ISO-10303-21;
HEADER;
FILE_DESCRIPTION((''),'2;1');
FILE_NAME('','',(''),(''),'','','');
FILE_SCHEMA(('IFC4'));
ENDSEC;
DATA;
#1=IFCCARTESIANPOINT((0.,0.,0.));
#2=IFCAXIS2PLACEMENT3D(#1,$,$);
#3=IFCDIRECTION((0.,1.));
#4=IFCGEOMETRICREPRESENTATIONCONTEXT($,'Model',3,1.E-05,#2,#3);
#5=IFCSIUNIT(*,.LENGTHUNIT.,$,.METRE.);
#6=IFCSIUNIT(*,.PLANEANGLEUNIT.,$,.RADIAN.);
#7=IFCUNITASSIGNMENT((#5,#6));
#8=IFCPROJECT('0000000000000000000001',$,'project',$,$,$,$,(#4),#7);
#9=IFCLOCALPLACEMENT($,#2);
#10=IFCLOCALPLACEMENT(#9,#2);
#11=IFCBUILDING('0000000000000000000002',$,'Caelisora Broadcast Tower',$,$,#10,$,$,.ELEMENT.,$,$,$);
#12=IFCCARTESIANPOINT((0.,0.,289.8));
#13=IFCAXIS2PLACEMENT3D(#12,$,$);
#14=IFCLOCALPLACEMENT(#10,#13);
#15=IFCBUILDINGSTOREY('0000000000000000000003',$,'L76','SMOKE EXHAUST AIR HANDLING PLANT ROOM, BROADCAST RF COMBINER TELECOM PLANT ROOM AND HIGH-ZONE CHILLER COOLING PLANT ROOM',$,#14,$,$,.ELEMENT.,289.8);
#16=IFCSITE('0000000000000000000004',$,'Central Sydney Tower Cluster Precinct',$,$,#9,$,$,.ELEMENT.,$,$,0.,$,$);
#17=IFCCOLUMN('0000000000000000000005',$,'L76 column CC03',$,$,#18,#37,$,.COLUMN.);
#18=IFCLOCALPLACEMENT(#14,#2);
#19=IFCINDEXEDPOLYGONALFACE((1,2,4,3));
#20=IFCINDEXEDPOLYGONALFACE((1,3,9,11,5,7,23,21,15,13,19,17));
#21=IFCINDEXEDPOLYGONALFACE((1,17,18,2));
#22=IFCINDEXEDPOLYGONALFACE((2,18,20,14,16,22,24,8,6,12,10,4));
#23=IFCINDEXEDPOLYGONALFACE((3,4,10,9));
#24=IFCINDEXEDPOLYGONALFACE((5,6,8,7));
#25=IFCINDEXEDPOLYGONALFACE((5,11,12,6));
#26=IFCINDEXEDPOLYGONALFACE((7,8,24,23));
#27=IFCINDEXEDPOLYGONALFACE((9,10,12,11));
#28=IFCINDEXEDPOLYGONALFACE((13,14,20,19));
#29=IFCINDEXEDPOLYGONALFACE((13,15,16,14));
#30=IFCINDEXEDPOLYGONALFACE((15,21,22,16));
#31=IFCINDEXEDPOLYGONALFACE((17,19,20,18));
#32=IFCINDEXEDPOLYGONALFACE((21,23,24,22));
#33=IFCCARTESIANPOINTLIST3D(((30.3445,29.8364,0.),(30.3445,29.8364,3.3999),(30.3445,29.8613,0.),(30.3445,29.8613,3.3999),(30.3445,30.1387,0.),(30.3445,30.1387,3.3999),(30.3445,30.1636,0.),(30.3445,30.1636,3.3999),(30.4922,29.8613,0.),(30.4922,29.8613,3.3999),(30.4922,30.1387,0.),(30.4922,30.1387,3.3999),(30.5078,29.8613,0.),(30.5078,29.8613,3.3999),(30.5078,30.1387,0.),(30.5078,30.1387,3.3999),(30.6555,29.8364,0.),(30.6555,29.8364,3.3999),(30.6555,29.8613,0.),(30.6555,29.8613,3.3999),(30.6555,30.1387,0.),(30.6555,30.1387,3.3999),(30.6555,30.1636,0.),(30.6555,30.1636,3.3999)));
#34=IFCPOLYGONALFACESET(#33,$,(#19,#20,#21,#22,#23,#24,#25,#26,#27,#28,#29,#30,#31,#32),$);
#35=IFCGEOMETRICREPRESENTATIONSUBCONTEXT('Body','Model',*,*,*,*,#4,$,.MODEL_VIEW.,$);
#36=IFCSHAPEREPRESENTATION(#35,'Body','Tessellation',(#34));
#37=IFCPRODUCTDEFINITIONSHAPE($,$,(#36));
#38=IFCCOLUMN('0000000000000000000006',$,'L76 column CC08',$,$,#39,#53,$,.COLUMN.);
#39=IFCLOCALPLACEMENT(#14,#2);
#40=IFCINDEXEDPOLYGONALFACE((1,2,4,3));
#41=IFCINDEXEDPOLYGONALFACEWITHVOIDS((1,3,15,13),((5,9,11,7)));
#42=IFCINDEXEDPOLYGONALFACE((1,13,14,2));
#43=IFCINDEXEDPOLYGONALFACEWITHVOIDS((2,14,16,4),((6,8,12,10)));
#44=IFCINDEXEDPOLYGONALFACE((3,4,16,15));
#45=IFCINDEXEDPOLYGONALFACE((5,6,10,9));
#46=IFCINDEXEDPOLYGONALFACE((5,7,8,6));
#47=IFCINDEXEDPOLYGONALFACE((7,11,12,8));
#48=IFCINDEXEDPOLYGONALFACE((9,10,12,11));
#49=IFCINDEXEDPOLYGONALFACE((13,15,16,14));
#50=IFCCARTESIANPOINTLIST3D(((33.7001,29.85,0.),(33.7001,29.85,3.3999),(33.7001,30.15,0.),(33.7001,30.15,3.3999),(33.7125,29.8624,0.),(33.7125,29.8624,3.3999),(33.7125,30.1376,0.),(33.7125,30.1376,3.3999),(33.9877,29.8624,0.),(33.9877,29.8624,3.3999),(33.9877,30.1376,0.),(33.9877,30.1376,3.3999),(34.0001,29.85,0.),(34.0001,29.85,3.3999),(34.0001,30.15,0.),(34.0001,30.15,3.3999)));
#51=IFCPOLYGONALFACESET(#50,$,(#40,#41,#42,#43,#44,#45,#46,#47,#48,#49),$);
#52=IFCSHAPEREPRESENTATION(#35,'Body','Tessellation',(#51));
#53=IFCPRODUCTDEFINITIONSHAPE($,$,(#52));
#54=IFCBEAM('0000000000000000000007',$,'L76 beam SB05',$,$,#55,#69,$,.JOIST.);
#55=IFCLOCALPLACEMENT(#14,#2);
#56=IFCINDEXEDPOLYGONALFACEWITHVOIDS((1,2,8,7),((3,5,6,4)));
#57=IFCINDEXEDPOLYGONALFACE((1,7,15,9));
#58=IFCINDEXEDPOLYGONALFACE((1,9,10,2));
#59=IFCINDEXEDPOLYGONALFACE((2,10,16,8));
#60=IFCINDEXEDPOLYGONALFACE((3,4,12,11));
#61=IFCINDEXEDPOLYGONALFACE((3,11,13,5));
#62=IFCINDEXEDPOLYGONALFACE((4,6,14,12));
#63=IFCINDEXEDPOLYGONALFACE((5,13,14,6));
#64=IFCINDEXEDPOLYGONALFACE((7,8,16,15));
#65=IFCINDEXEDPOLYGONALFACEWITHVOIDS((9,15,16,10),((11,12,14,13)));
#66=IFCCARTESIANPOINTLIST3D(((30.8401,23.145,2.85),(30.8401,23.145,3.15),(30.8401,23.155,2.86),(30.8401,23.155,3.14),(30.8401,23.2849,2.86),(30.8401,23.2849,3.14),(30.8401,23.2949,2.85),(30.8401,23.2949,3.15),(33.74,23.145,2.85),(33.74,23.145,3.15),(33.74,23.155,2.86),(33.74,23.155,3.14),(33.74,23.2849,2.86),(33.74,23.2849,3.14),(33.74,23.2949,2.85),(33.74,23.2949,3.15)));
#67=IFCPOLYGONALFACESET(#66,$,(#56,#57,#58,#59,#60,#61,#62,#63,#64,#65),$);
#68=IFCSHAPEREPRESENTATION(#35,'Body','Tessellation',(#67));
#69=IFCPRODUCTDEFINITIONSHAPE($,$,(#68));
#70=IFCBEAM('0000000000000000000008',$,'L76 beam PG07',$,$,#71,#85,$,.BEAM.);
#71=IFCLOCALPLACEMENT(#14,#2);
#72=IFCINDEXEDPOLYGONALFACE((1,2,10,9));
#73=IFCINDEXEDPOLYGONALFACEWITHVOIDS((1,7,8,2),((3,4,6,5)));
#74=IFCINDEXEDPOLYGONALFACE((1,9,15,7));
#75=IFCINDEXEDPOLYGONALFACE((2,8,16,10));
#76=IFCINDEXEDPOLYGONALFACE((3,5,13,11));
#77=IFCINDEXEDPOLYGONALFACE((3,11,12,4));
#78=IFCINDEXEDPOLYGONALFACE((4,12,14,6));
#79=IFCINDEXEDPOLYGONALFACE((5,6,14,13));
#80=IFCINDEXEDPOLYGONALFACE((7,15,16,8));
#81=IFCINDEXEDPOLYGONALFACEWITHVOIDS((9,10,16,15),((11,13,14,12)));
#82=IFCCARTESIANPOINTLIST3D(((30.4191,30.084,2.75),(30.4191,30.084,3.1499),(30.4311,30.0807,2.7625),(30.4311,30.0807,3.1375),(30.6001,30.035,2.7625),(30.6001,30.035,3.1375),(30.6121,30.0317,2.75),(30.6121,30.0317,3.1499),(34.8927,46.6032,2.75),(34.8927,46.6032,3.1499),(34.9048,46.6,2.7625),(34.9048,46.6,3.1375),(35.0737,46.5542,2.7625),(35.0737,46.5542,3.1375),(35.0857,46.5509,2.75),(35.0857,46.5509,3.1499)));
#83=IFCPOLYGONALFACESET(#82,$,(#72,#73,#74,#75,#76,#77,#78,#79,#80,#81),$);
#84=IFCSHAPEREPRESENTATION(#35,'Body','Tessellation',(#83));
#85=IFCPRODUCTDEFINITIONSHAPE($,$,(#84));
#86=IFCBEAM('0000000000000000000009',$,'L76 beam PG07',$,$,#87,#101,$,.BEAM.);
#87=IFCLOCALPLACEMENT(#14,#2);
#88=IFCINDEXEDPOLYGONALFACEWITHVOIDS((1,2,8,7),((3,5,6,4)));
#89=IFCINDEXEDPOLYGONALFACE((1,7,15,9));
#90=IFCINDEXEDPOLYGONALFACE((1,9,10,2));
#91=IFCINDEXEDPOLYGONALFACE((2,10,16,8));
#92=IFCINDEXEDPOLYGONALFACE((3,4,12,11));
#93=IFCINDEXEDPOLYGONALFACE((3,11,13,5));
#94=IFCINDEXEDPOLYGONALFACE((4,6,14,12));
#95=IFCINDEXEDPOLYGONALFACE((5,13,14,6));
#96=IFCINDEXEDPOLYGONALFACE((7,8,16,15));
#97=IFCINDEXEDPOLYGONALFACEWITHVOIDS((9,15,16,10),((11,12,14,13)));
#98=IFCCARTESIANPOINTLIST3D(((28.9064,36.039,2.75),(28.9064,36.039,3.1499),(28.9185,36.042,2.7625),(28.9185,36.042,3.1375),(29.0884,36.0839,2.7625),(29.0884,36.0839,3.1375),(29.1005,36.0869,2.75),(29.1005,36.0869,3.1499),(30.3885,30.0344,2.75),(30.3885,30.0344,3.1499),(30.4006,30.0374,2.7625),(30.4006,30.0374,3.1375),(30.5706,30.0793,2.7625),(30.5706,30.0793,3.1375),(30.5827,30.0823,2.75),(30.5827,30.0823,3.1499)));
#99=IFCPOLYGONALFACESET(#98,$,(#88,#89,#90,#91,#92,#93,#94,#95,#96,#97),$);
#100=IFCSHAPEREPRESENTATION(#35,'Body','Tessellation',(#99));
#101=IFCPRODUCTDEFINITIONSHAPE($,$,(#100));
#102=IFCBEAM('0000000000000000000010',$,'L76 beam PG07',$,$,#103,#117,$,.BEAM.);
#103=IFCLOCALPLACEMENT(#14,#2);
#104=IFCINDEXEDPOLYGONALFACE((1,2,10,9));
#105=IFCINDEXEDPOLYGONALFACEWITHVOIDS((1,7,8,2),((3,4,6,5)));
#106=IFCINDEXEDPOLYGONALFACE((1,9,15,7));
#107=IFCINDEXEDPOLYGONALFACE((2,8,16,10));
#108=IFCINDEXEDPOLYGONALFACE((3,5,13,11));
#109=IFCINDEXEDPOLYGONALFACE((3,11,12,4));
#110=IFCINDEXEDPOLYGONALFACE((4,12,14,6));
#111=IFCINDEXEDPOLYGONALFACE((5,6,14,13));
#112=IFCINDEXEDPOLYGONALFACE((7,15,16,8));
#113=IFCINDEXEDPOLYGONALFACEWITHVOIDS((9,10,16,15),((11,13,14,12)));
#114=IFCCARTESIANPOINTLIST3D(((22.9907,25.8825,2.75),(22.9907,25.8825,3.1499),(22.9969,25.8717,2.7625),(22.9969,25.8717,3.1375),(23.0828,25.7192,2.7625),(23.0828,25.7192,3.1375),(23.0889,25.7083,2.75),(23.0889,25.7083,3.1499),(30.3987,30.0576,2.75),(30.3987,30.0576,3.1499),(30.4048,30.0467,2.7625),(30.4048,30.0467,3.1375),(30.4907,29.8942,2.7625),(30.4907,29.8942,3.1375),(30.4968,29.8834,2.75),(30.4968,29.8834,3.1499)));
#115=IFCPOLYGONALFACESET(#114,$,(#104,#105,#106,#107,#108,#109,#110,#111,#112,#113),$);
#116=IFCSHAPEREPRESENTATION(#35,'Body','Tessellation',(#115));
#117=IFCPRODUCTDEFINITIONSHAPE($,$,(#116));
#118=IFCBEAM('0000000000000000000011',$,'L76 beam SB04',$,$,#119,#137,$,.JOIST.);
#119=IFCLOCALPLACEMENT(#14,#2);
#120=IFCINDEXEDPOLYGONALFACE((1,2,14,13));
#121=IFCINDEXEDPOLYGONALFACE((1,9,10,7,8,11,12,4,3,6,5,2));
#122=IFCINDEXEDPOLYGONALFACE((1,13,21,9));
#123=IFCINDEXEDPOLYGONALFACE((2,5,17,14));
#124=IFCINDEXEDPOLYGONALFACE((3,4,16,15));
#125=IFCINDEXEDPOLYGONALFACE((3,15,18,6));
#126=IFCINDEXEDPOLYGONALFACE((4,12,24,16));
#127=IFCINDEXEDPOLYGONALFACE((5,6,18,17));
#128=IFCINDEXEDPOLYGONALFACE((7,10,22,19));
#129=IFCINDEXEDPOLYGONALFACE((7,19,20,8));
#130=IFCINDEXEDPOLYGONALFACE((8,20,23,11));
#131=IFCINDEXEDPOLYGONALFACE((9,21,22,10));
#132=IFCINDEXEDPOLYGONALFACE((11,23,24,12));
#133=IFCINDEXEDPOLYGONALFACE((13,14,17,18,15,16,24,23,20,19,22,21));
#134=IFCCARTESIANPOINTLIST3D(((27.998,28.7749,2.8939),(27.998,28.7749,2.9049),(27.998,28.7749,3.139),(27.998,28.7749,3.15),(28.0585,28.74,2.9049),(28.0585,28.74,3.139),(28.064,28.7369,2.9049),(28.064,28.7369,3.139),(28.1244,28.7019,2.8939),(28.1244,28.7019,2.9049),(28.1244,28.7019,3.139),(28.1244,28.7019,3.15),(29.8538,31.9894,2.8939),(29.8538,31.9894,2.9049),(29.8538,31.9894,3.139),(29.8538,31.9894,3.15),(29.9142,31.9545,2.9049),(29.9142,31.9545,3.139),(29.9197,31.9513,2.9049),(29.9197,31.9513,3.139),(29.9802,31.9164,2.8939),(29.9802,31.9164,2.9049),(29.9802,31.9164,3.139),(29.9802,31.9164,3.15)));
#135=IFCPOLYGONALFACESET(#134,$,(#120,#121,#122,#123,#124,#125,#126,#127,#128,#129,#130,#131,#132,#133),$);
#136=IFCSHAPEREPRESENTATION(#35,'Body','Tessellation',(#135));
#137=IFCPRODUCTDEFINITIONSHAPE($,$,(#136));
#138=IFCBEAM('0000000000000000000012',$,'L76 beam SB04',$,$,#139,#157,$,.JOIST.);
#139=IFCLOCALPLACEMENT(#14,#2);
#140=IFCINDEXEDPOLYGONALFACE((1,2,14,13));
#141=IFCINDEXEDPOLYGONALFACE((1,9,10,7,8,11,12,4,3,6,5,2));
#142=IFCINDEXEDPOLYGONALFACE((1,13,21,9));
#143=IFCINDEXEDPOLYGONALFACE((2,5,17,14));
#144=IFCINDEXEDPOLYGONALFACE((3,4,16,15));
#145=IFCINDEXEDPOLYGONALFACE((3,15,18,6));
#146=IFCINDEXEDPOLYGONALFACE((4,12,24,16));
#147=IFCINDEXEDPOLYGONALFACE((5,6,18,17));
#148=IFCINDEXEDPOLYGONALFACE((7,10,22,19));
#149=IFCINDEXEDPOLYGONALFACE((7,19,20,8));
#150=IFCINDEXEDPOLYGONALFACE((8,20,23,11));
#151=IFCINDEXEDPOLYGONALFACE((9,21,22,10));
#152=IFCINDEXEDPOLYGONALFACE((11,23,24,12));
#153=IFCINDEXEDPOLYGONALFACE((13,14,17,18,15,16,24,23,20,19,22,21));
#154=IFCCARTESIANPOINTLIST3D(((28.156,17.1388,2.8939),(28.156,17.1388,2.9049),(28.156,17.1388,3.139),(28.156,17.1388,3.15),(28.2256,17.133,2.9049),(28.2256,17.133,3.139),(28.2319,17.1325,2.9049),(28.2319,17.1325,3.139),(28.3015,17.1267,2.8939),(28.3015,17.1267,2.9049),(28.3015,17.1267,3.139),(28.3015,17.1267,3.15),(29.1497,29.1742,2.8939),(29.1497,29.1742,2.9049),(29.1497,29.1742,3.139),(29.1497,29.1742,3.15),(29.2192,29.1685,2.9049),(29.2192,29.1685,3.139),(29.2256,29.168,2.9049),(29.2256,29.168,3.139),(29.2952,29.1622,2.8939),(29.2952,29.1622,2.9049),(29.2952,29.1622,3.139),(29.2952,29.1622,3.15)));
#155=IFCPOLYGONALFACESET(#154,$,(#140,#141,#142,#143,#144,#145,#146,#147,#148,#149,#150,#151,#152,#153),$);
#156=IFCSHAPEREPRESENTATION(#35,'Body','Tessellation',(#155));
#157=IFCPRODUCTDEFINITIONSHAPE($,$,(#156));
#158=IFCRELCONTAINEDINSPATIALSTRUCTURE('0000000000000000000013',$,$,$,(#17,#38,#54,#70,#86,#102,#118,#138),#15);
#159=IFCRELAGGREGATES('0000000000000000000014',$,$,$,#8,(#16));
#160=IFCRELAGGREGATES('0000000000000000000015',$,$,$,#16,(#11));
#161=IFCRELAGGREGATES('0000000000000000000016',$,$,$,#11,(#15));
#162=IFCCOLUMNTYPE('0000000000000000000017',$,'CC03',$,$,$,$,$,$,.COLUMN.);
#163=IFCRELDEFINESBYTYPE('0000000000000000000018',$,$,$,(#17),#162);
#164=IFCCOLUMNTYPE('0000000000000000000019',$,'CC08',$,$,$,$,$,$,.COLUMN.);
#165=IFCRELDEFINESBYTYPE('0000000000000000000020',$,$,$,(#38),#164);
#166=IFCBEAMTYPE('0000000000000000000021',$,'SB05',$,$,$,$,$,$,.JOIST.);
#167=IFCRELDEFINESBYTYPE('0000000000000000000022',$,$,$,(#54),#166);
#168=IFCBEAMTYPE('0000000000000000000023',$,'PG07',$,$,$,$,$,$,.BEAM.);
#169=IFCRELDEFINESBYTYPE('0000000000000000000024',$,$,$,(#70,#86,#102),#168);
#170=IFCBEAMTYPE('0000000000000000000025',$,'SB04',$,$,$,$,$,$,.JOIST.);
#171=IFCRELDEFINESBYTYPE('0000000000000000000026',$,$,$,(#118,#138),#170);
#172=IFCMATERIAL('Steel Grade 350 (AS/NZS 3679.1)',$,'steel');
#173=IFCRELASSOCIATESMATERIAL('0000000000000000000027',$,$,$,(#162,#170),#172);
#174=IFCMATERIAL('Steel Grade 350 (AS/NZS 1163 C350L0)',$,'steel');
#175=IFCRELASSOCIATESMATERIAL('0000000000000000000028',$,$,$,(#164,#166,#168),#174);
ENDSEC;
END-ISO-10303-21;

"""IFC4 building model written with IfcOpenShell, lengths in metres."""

from ifc_helpers import new_model, si_unit, direction, frame, origin, origin_2d, place, context, subcontext, project, spatial, hollow_rectangle, i_section, extrude, source, transform, mapped, material, material_profile, profile_set, type_object, type_shapes, element, save


model = new_model("IFC4")

# Units and contexts
model_context = context("Model", 3, precision=1e-05, world=origin(), true_north=direction((0.0, 1.0)))
body_context = subcontext(model_context, "Body", "Model", "MODEL_VIEW")
ifc_project = project(units=[si_unit("LENGTHUNIT", "METRE"), si_unit("PLANEANGLEUNIT", "RADIAN")], contexts=[model_context])

# Site, building, storey
site_placement = place(None, origin())
site = spatial("IfcSite", under=ifc_project, at=site_placement, Name="Central Sydney Tower Cluster Precinct", CompositionType="ELEMENT", RefElevation=0.0)
building_placement = place(site_placement, origin())
building = spatial("IfcBuilding", under=site, at=building_placement, Name="Caelisora Broadcast Tower", CompositionType="ELEMENT")
storey_placement = place(building_placement, frame((0.0, 0.0, 289.8)))
storey = spatial("IfcBuildingStorey", under=building, at=storey_placement, Name="L76", Description="SMOKE EXHAUST AIR HANDLING PLANT ROOM, BROADCAST RF COMBINER TELECOM PLANT ROOM AND HIGH-ZONE CHILLER COOLING PLANT ROOM", CompositionType="ELEMENT", Elevation=289.8)

# Columns
ifc_material_1 = material(Name="Steel Grade 350 (AS/NZS 3679.1)", Category="steel")
ifc_material_profile_1 = material_profile(ifc_material_1, i_section(OverallWidth=0.311, OverallDepth=0.3271, WebThickness=0.0156, FlangeThickness=0.0249, at=origin_2d()), Name="Steel Grade 350 (AS/NZS 3679.1)")
ifc_profile_set_1 = profile_set([ifc_material_profile_1], Name="Steel Grade 350 (AS/NZS 3679.1)")
column_type_1 = type_object("IfcColumnType", Name="CC03", PredefinedType="COLUMN", material=ifc_profile_set_1)
shared_shape_1 = source(origin(), body_context, "Body", "SweptSolid", [
    extrude(i_section(OverallWidth=0.311, OverallDepth=0.3271, WebThickness=0.0156, FlangeThickness=0.0249, at=origin_2d()), origin(), (0.0, 0.0, 1.0), 3.3999),
])
type_shapes(column_type_1, [shared_shape_1])
column_1_placement = place(storey_placement, frame((30.5, 30.0, 0.0), z_axis=(0.0, 0.0, 1.0), x_axis=(1.0, 0.0, 0.0)))
element("IfcColumn", 1, at=column_1_placement, inside=storey, type_object=column_type_1, Name="L76 column CC03", PredefinedType="COLUMN", context=body_context, shape_type="MappedRepresentation", body=[
    mapped(shared_shape_1, transform((0.0, 0.0, 0.0), scale=1.0)),
])
ifc_material_2 = material(Name="Steel Grade 350 (AS/NZS 1163 C350L0)", Category="steel")
ifc_material_profile_2 = material_profile(ifc_material_2, hollow_rectangle(XDim=0.3, YDim=0.3, WallThickness=0.0125, at=origin_2d()), Name="Steel Grade 350 (AS/NZS 1163 C350L0)")
ifc_profile_set_2 = profile_set([ifc_material_profile_2], Name="Steel Grade 350 (AS/NZS 1163 C350L0)")
column_type_2 = type_object("IfcColumnType", Name="CC08", PredefinedType="COLUMN", material=ifc_profile_set_2)
shared_shape_2 = source(origin(), body_context, "Body", "SweptSolid", [
    extrude(hollow_rectangle(XDim=0.3, YDim=0.3, WallThickness=0.0125, at=origin_2d()), origin(), (0.0, 0.0, 1.0), 3.3999),
])
type_shapes(column_type_2, [shared_shape_2])
column_2_placement = place(storey_placement, frame((33.8501, 30.0, 0.0), z_axis=(0.0, 0.0, 1.0), x_axis=(1.0, 0.0, 0.0)))
element("IfcColumn", 2, at=column_2_placement, inside=storey, type_object=column_type_2, Name="L76 column CC08", PredefinedType="COLUMN", context=body_context, shape_type="MappedRepresentation", body=[
    mapped(shared_shape_2, transform((0.0, 0.0, 0.0), scale=1.0)),
])

# Beams
ifc_material_profile_3 = material_profile(ifc_material_2, hollow_rectangle(XDim=0.1499, YDim=0.3, WallThickness=0.01, at=origin_2d()), Name="Steel Grade 350 (AS/NZS 1163 C350L0)")
ifc_profile_set_3 = profile_set([ifc_material_profile_3], Name="Steel Grade 350 (AS/NZS 1163 C350L0)")
beam_type_1 = type_object("IfcBeamType", Name="SB05", PredefinedType="JOIST", material=ifc_profile_set_3)
shared_shape_3 = source(origin(), body_context, "Body", "SweptSolid", [
    extrude(hollow_rectangle(XDim=0.1499, YDim=0.3, WallThickness=0.01, at=origin_2d()), origin(), (0.0, 0.0, 1.0), 2.8999),
])
type_shapes(beam_type_1, [shared_shape_3])
beam_1_placement = place(storey_placement, frame((30.8401, 23.22, 3.0), z_axis=(1.0, 0.0, 0.0), x_axis=(0.0, 1.0, 0.0)))
element("IfcBeam", 3, at=beam_1_placement, inside=storey, type_object=beam_type_1, Name="L76 beam SB05", PredefinedType="JOIST", context=body_context, shape_type="MappedRepresentation", body=[
    mapped(shared_shape_3, transform((0.0, 0.0, 0.0), scale=1.0)),
])
ifc_material_profile_4 = material_profile(ifc_material_2, hollow_rectangle(XDim=0.2, YDim=0.3999, WallThickness=0.0125, at=origin_2d()), Name="Steel Grade 350 (AS/NZS 1163 C350L0)")
ifc_profile_set_4 = profile_set([ifc_material_profile_4], Name="Steel Grade 350 (AS/NZS 1163 C350L0)")
beam_type_2 = type_object("IfcBeamType", Name="PG07", PredefinedType="BEAM", material=ifc_profile_set_4)
shared_shape_4 = source(origin(), body_context, "Body", "SweptSolid", [
    extrude(hollow_rectangle(XDim=0.2, YDim=0.3999, WallThickness=0.0125, at=origin_2d()), origin(), (0.0, 0.0, 1.0), 17.1143),
])
beam_2_placement = place(storey_placement, frame((30.5156, 30.0579, 2.95), z_axis=(0.261397, 0.965231, 0.0), x_axis=(-0.965231, 0.261397, 0.0)))
element("IfcBeam", 4, at=beam_2_placement, inside=storey, type_object=beam_type_2, Name="L76 beam PG07", PredefinedType="BEAM", context=body_context, shape_type="MappedRepresentation", body=[
    mapped(shared_shape_4, transform((0.0, 0.0, 0.0), scale=1.0)),
])
shared_shape_5 = source(origin(), body_context, "Body", "SweptSolid", [
    extrude(hollow_rectangle(XDim=0.2, YDim=0.3999, WallThickness=0.0125, at=origin_2d()), origin(), (0.0, 0.0, 1.0), 6.1848),
])
beam_3_placement = place(storey_placement, frame((30.4856, 30.0583, 2.95), z_axis=(-0.239646, 0.97086, 0.0), x_axis=(-0.97086, -0.239646, 0.0)))
element("IfcBeam", 5, at=beam_3_placement, inside=storey, type_object=beam_type_2, Name="L76 beam PG07", PredefinedType="BEAM", context=body_context, shape_type="MappedRepresentation", body=[
    mapped(shared_shape_5, transform((0.0, 0.0, 0.0), scale=1.0)),
])
shared_shape_6 = source(origin(), body_context, "Body", "SweptSolid", [
    extrude(hollow_rectangle(XDim=0.2, YDim=0.3999, WallThickness=0.0125, at=origin_2d()), origin(), (0.0, 0.0, 1.0), 8.5034),
])
type_shapes(beam_type_2, [shared_shape_4, shared_shape_5, shared_shape_6])
beam_4_placement = place(storey_placement, frame((30.4478, 29.9705, 2.95), z_axis=(-0.87117, -0.490982, 0.0), x_axis=(0.490982, -0.87117, 0.0)))
element("IfcBeam", 6, at=beam_4_placement, inside=storey, type_object=beam_type_2, Name="L76 beam PG07", PredefinedType="BEAM", context=body_context, shape_type="MappedRepresentation", body=[
    mapped(shared_shape_6, transform((0.0, 0.0, 0.0), scale=1.0)),
])
ifc_material_profile_5 = material_profile(ifc_material_1, i_section(OverallWidth=0.146, OverallDepth=0.2561, WebThickness=0.0063, FlangeThickness=0.011, at=origin_2d()), Name="Steel Grade 350 (AS/NZS 3679.1)")
ifc_profile_set_5 = profile_set([ifc_material_profile_5], Name="Steel Grade 350 (AS/NZS 3679.1)")
beam_type_3 = type_object("IfcBeamType", Name="SB04", PredefinedType="JOIST", material=ifc_profile_set_5)
shared_shape_7 = source(origin(), body_context, "Body", "SweptSolid", [
    extrude(i_section(OverallWidth=0.146, OverallDepth=0.2561, WebThickness=0.0063, FlangeThickness=0.011, at=origin_2d()), origin(), (0.0, 0.0, 1.0), 3.7117),
])
beam_5_placement = place(storey_placement, frame((29.917, 31.9529, 3.022), z_axis=(-0.499981, -0.866037, 0.0), x_axis=(0.866037, -0.499981, 0.0)))
element("IfcBeam", 7, at=beam_5_placement, inside=storey, type_object=beam_type_3, Name="L76 beam SB04", PredefinedType="JOIST", context=body_context, shape_type="MappedRepresentation", body=[
    mapped(shared_shape_7, transform((0.0, 0.0, 0.0), scale=1.0)),
])
shared_shape_8 = source(origin(), body_context, "Body", "SweptSolid", [
    extrude(i_section(OverallWidth=0.146, OverallDepth=0.2561, WebThickness=0.0063, FlangeThickness=0.011, at=origin_2d()), origin(), (0.0, 0.0, 1.0), 12.0764),
])
beam_6_placement = place(storey_placement, frame((29.2224, 29.1682, 3.022), z_axis=(-0.082281, -0.996609, 0.0), x_axis=(0.996609, -0.082281, 0.0)))
element("IfcBeam", 8, at=beam_6_placement, inside=storey, type_object=beam_type_3, Name="L76 beam SB04", PredefinedType="JOIST", context=body_context, shape_type="MappedRepresentation", body=[
    mapped(shared_shape_8, transform((0.0, 0.0, 0.0), scale=1.0)),
])

save(model, "model.ifc")
